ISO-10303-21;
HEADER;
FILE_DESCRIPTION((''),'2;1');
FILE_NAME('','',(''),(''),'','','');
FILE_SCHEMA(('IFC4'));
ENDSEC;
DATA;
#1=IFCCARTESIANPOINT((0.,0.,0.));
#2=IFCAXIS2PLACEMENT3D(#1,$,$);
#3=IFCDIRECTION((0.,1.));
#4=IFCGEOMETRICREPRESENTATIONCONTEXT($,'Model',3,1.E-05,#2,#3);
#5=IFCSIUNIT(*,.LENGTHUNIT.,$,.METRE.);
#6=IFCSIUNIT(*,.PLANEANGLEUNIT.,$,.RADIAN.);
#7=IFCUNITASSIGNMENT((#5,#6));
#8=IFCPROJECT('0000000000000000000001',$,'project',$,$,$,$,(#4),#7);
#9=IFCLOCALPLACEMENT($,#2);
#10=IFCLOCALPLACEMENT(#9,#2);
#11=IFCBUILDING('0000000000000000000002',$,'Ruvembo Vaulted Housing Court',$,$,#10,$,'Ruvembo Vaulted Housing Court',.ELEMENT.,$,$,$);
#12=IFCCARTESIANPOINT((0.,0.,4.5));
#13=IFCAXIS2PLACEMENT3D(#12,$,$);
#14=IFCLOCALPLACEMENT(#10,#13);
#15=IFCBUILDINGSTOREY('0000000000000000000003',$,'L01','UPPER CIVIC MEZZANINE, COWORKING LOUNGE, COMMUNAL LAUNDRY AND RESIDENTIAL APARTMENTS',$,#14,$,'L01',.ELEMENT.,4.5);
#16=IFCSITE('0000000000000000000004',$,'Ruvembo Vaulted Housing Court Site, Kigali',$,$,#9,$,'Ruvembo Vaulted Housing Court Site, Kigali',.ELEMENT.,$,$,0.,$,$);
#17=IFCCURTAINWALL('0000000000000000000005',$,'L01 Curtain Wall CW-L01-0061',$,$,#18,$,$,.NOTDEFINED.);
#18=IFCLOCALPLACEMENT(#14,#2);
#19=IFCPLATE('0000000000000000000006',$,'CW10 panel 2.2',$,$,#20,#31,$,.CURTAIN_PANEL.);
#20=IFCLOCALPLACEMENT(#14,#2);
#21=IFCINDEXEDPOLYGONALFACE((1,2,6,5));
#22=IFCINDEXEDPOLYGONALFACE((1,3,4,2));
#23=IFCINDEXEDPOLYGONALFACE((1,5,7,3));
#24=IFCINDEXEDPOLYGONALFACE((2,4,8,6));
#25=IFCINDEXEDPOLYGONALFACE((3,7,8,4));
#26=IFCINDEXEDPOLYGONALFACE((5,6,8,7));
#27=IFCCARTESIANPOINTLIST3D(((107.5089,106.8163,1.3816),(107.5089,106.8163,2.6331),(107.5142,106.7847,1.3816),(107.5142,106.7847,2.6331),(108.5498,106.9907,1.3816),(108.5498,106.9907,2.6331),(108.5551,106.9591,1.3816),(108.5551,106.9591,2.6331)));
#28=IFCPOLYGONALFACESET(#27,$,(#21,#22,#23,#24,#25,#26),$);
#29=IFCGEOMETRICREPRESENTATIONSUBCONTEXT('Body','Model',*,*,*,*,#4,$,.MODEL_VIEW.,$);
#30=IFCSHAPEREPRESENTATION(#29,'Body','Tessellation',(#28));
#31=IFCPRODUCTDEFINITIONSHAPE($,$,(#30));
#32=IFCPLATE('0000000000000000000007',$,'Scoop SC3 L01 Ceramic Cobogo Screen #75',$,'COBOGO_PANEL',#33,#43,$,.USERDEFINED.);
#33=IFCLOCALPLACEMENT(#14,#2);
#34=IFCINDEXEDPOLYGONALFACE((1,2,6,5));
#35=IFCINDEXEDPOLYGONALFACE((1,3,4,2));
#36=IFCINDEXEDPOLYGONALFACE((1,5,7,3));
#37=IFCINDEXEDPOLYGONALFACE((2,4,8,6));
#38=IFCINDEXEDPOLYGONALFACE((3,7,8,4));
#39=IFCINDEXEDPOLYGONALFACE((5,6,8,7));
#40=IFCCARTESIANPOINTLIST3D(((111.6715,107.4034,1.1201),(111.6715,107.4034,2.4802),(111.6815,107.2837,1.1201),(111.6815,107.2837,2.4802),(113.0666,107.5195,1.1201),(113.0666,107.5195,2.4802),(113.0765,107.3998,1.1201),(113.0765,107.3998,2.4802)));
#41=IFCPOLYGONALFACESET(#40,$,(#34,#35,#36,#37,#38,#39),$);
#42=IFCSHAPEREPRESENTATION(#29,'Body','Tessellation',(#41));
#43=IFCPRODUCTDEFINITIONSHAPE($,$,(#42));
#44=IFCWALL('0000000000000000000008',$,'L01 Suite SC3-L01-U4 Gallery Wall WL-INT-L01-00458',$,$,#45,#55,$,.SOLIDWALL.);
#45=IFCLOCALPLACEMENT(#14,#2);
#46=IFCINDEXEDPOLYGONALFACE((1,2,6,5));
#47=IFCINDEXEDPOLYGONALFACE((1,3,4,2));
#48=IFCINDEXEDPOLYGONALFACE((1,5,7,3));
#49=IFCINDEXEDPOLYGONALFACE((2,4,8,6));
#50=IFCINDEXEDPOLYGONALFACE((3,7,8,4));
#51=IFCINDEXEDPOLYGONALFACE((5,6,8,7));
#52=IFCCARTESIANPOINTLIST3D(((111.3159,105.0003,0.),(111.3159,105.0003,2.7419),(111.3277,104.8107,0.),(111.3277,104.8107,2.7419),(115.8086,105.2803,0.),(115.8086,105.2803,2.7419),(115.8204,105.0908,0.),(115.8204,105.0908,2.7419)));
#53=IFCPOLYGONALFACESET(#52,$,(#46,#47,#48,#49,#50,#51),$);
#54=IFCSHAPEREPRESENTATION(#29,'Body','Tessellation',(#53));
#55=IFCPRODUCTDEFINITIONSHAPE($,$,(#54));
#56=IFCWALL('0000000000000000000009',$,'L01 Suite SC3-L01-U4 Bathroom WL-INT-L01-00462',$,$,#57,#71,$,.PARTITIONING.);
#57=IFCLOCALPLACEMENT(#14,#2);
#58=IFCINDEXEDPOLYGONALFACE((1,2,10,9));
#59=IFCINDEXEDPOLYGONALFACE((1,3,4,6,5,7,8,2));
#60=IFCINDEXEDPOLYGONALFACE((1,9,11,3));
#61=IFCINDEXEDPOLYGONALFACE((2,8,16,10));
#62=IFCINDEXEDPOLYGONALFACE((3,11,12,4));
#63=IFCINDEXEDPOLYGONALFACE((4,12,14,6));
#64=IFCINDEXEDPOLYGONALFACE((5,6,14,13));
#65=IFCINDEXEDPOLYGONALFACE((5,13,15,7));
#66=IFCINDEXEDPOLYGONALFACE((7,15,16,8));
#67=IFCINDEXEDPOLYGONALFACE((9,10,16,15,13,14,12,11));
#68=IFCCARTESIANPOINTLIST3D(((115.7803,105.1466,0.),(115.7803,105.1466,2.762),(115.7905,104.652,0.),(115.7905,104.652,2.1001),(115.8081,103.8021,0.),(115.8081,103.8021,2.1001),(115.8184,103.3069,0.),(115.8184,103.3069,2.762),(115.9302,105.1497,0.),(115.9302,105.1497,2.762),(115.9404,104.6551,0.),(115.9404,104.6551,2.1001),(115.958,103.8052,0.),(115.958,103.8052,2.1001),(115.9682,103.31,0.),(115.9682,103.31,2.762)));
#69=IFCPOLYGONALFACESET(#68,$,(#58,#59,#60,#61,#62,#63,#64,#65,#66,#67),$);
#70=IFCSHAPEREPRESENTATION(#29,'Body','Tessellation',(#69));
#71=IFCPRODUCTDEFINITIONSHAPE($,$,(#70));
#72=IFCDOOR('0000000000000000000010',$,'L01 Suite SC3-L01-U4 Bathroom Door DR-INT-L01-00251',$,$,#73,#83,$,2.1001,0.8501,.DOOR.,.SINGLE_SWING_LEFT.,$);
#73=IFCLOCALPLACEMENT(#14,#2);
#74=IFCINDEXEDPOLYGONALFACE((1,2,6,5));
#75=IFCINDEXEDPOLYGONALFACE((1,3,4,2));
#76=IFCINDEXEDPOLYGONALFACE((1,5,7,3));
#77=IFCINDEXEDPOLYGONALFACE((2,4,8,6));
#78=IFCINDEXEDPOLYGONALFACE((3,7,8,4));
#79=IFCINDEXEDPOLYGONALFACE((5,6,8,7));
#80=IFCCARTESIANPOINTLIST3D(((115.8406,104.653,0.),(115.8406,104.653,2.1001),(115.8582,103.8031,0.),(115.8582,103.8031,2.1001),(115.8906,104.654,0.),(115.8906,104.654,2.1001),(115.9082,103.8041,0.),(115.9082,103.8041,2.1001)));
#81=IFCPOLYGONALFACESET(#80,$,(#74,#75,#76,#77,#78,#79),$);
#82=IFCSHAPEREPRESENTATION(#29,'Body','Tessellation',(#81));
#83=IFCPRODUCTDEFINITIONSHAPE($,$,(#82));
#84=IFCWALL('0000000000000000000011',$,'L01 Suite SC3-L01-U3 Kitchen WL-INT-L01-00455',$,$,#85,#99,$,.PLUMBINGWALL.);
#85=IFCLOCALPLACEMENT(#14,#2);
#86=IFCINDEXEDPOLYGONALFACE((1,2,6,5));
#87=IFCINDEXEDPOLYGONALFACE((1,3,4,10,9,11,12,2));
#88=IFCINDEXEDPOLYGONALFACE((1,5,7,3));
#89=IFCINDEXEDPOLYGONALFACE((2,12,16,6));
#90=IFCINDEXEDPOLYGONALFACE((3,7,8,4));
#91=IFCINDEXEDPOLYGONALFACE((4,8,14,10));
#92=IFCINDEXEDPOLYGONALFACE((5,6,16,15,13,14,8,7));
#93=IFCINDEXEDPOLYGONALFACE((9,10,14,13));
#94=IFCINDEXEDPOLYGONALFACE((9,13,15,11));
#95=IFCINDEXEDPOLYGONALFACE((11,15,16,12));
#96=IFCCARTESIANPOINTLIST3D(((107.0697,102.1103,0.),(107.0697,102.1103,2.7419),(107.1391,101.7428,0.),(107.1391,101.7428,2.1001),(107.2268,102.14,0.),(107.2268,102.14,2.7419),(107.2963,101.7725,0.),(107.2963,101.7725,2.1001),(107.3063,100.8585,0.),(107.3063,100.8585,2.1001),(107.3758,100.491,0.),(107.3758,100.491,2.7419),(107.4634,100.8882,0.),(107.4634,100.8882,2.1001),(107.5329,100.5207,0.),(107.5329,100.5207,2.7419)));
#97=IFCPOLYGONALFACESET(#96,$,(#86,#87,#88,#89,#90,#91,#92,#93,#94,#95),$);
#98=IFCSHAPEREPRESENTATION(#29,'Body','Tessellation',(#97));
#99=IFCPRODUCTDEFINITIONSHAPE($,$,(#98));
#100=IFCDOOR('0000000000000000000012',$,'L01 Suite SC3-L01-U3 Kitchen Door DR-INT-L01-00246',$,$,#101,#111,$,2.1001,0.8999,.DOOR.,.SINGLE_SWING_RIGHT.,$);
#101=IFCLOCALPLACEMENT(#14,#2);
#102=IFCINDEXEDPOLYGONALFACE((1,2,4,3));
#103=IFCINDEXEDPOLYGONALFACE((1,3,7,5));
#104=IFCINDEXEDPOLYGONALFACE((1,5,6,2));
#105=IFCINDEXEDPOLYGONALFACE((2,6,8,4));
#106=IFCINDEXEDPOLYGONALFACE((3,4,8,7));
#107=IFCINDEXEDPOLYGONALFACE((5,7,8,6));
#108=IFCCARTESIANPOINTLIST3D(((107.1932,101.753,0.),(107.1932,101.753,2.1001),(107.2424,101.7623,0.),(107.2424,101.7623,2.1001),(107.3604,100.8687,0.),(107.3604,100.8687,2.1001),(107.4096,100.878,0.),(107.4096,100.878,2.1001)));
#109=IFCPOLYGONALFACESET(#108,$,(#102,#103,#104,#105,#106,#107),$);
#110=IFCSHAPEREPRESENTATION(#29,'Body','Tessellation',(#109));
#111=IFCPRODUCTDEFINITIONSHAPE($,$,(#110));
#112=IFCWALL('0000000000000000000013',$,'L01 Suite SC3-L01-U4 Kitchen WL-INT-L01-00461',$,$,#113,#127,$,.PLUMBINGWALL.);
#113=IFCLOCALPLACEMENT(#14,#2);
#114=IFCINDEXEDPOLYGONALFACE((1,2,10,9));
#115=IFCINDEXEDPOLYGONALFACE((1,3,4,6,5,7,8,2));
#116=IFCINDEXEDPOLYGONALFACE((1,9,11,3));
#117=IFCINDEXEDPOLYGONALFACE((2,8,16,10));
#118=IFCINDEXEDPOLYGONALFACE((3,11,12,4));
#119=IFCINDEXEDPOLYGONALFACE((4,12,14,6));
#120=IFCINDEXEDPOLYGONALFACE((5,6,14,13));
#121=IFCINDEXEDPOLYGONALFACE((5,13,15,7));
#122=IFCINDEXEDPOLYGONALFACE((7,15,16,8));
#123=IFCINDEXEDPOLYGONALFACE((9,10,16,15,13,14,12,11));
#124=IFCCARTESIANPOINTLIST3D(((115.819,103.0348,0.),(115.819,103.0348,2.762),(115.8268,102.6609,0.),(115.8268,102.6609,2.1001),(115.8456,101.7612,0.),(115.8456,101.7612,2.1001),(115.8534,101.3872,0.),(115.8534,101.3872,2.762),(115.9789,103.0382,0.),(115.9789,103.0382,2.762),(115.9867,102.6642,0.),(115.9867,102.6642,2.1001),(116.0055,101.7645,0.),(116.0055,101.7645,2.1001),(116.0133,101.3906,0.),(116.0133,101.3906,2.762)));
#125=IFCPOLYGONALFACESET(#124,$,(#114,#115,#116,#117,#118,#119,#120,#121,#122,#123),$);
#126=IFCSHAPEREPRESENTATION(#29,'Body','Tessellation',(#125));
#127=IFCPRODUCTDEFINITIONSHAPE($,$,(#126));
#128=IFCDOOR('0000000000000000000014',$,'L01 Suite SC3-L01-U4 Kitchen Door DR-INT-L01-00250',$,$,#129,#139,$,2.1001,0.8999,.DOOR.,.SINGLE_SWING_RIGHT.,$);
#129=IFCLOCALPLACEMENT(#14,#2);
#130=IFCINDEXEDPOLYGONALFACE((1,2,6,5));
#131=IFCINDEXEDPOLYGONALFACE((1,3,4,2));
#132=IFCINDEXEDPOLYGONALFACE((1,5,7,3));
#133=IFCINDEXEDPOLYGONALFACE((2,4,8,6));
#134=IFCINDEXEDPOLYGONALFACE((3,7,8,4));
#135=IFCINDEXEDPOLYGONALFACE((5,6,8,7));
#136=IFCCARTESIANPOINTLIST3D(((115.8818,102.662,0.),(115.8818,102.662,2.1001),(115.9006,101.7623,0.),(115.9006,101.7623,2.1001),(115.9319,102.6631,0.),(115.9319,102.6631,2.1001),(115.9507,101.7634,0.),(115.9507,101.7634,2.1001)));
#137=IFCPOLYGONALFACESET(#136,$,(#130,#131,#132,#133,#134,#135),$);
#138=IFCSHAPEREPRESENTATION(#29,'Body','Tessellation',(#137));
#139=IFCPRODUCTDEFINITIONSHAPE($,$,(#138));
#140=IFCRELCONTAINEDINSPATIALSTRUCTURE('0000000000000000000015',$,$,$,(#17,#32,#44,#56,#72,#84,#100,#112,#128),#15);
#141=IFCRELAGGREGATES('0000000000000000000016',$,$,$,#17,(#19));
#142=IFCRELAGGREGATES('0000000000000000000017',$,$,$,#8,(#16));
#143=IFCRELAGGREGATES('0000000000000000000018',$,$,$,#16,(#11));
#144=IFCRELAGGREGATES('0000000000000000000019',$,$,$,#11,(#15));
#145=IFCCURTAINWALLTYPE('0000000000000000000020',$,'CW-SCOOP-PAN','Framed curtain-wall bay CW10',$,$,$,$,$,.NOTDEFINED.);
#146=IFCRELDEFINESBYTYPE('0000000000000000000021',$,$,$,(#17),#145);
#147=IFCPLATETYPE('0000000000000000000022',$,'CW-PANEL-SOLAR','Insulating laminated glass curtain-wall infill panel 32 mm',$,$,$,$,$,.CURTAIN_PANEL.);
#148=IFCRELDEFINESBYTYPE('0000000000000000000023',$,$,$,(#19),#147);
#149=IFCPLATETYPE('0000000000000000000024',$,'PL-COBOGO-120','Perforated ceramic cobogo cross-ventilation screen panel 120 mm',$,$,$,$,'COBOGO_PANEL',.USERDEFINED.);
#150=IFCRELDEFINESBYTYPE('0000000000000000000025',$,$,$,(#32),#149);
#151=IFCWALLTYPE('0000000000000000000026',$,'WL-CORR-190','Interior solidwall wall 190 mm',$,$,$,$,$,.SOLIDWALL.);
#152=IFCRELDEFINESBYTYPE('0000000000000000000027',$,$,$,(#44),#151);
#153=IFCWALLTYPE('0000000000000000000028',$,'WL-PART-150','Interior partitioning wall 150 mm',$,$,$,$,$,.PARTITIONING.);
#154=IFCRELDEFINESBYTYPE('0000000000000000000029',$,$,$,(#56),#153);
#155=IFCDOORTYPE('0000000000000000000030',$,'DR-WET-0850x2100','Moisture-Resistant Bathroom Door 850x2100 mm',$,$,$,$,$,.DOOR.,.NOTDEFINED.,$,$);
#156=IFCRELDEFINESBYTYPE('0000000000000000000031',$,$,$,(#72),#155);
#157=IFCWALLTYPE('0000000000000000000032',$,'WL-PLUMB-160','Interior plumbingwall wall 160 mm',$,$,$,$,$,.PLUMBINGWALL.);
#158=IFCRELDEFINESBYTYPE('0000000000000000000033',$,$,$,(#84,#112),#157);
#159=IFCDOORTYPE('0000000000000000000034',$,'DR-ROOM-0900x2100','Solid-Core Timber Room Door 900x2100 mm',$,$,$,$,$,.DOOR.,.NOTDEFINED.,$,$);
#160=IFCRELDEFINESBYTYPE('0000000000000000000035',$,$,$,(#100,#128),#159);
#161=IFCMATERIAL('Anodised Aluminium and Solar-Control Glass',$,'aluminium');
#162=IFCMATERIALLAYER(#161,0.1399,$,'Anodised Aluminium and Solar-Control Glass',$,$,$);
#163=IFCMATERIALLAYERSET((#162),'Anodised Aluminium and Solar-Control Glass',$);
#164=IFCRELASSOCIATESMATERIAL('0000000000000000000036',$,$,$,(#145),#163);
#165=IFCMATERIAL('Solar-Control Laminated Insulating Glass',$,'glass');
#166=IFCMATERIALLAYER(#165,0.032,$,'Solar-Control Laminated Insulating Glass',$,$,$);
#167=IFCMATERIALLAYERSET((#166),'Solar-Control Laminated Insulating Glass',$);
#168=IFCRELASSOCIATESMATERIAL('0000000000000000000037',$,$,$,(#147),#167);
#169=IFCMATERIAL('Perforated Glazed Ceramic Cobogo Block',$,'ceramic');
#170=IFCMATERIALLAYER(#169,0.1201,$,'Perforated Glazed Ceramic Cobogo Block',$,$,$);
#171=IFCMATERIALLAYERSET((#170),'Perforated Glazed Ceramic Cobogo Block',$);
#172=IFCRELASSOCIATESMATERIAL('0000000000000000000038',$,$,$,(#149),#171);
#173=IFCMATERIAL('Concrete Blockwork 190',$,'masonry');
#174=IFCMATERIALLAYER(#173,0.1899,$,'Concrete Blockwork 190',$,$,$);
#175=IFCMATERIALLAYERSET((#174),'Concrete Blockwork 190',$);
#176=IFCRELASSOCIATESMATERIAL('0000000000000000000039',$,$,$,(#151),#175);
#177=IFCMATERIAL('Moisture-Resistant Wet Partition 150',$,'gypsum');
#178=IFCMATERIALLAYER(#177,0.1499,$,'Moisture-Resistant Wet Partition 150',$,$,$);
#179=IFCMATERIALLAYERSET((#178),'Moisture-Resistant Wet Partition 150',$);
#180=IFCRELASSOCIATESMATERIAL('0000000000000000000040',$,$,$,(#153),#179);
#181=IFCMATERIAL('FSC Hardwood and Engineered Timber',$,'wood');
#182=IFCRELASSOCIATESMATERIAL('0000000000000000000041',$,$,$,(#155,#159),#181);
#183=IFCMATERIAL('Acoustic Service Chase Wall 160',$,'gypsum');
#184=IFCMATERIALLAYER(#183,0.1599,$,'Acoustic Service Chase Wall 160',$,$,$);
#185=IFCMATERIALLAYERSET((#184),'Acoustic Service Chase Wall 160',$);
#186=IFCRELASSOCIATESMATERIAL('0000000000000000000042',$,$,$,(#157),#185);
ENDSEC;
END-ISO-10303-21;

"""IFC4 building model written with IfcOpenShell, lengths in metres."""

from ifc_helpers import new_model, si_unit, direction, frame, frame_2d, origin, origin_2d, place, context, subcontext, project, spatial, rectangle, extrude, material, layer, layer_set, type_object, element, fill, aggregate, save


model = new_model("IFC4")

# Units and contexts
model_context = context("Model", 3, precision=1e-05, world=origin(), true_north=direction((0.0, 1.0)))
body_context = subcontext(model_context, "Body", "Model", "MODEL_VIEW")
ifc_project = project(units=[si_unit("LENGTHUNIT", "METRE"), si_unit("PLANEANGLEUNIT", "RADIAN")], contexts=[model_context])

# Site, building, storey
site_placement = place(None, origin())
site = spatial("IfcSite", under=ifc_project, at=site_placement, Name="Ruvembo Vaulted Housing Court Site, Kigali", LongName="Ruvembo Vaulted Housing Court Site, Kigali", CompositionType="ELEMENT", RefElevation=0.0)
building_placement = place(site_placement, origin())
building = spatial("IfcBuilding", under=site, at=building_placement, Name="Ruvembo Vaulted Housing Court", LongName="Ruvembo Vaulted Housing Court", CompositionType="ELEMENT")
storey_placement = place(building_placement, frame((0.0, 0.0, 4.5)))
storey = spatial("IfcBuildingStorey", under=building, at=storey_placement, Name="L01", Description="UPPER CIVIC MEZZANINE, COWORKING LOUNGE, COMMUNAL LAUNDRY AND RESIDENTIAL APARTMENTS", LongName="L01", CompositionType="ELEMENT", Elevation=4.5)

# Curtain wall, plate
ifc_material_1 = material(Name="Anodised Aluminium and Solar-Control Glass", Category="aluminium")
ifc_layer_1 = layer(ifc_material_1, 0.1399, Name="Anodised Aluminium and Solar-Control Glass")
ifc_layer_set_1 = layer_set([ifc_layer_1], Name="Anodised Aluminium and Solar-Control Glass")
curtain_wall_type = type_object("IfcCurtainWallType", Name="CW-SCOOP-PAN", Description="Framed curtain-wall bay CW10", PredefinedType="NOTDEFINED", material=ifc_layer_set_1)
curtain_wall_placement = place(storey_placement, origin())
curtain_wall = element("IfcCurtainWall", 1, at=curtain_wall_placement, inside=storey, type_object=curtain_wall_type, Name="L01 Curtain Wall CW-L01-0061", PredefinedType="NOTDEFINED")
ifc_material_2 = material(Name="Solar-Control Laminated Insulating Glass", Category="glass")
ifc_layer_2 = layer(ifc_material_2, 0.032, Name="Solar-Control Laminated Insulating Glass")
ifc_layer_set_2 = layer_set([ifc_layer_2], Name="Solar-Control Laminated Insulating Glass")
plate_type_1 = type_object("IfcPlateType", Name="CW-PANEL-SOLAR", Description="Insulating laminated glass curtain-wall infill panel 32 mm", PredefinedType="CURTAIN_PANEL", material=ifc_layer_set_2)
plate_1_placement = place(storey_placement, frame((108.032, 106.8877, 1.3816), z_axis=(0.0, 0.0, 1.0), x_axis=(0.98625, 0.165263, 0.0)))
plate_1 = element("IfcPlate", 2, at=plate_1_placement, type_object=plate_type_1, Name="CW10 panel 2.2", PredefinedType="CURTAIN_PANEL", context=body_context, shape_type="SweptSolid", body=[
    extrude(rectangle(XDim=1.0554, YDim=0.032, at=origin_2d()), origin(), (0.0, 0.0, 1.0), 1.2515),
])
aggregate(curtain_wall, [plate_1])

# Plate
ifc_material_3 = material(Name="Perforated Glazed Ceramic Cobogo Block", Category="ceramic")
ifc_layer_3 = layer(ifc_material_3, 0.1201, Name="Perforated Glazed Ceramic Cobogo Block")
ifc_layer_set_3 = layer_set([ifc_layer_3], Name="Perforated Glazed Ceramic Cobogo Block")
plate_type_2 = type_object("IfcPlateType", Name="PL-COBOGO-120", Description="Perforated ceramic cobogo cross-ventilation screen panel 120 mm", ElementType="COBOGO_PANEL", PredefinedType="USERDEFINED", material=ifc_layer_set_3)
plate_2_placement = place(storey_placement, frame((112.374, 107.4016, 1.1201), z_axis=(0.0, 0.0, 1.0), x_axis=(0.996554, 0.082947, 0.0)))
element("IfcPlate", 3, at=plate_2_placement, inside=storey, type_object=plate_type_2, Name="Scoop SC3 L01 Ceramic Cobogo Screen #75", ObjectType="COBOGO_PANEL", PredefinedType="USERDEFINED", context=body_context, shape_type="SweptSolid", body=[
    extrude(rectangle(XDim=1.3999, YDim=0.1201, at=origin_2d()), origin(), (0.0, 0.0, 1.0), 1.3601),
])

# Wall
ifc_material_4 = material(Name="Concrete Blockwork 190", Category="masonry")
ifc_layer_4 = layer(ifc_material_4, 0.1899, Name="Concrete Blockwork 190")
ifc_layer_set_4 = layer_set([ifc_layer_4], Name="Concrete Blockwork 190")
wall_type_1 = type_object("IfcWallType", Name="WL-CORR-190", Description="Interior solidwall wall 190 mm", PredefinedType="SOLIDWALL", material=ifc_layer_set_4)
wall_1_placement = place(storey_placement, frame((111.3218, 104.9055, 0.0), z_axis=(0.0, 0.0, 1.0), x_axis=(0.998063, 0.062209, 0.0)))
element("IfcWall", 4, at=wall_1_placement, inside=storey, type_object=wall_type_1, Name="L01 Suite SC3-L01-U4 Gallery Wall WL-INT-L01-00458", PredefinedType="SOLIDWALL", context=body_context, shape_type="SweptSolid", body=[
    extrude(rectangle(XDim=4.5015, YDim=0.1899, at=frame_2d((2.2507, 0.0))), origin(), (0.0, 0.0, 1.0), 2.7419),
])

# Walls, openings, doors
ifc_material_5 = material(Name="FSC Hardwood and Engineered Timber", Category="wood")
ifc_material_6 = material(Name="Moisture-Resistant Wet Partition 150", Category="gypsum")
ifc_layer_5 = layer(ifc_material_6, 0.1499, Name="Moisture-Resistant Wet Partition 150")
ifc_layer_set_5 = layer_set([ifc_layer_5], Name="Moisture-Resistant Wet Partition 150")
wall_type_2 = type_object("IfcWallType", Name="WL-PART-150", Description="Interior partitioning wall 150 mm", PredefinedType="PARTITIONING", material=ifc_layer_set_5)
wall_2_placement = place(storey_placement, frame((115.8933, 103.3086, 0.0), z_axis=(0.0, 0.0, 1.0), x_axis=(-0.020699, 0.999786, 0.0)))
wall_2 = element("IfcWall", 5, at=wall_2_placement, inside=storey, type_object=wall_type_2, Name="L01 Suite SC3-L01-U4 Bathroom WL-INT-L01-00462", PredefinedType="PARTITIONING", context=body_context, shape_type="SweptSolid", body=[
    extrude(rectangle(XDim=1.8401, YDim=0.1499, at=frame_2d((0.9199, 0.0))), origin(), (0.0, 0.0, 1.0), 2.762),
])
opening_1_placement = place(wall_2_placement, frame((0.4951, 0.0, 0.0)))
opening_1 = element("IfcOpeningElement", 6, at=opening_1_placement, cuts=wall_2, PredefinedType="OPENING", context=body_context, shape_type="SweptSolid", body=[
    extrude(rectangle(XDim=0.8501, YDim=2.1001, at=frame_2d((0.425, 1.05))), frame((0.0, 0.085, 0.0), z_axis=(0.0, -1.0, 0.0), x_axis=(1.0, 0.0, 0.0)), (0.0, 0.0, 1.0), 0.1699),
])
door_type_1 = type_object("IfcDoorType", Name="DR-WET-0850x2100", Description="Moisture-Resistant Bathroom Door 850x2100 mm", OperationType="NOTDEFINED", PredefinedType="DOOR", material=ifc_material_5)
door_1_placement = place(opening_1_placement, origin())
door_1 = element("IfcDoor", 7, at=door_1_placement, inside=storey, type_object=door_type_1, Name="L01 Suite SC3-L01-U4 Bathroom Door DR-INT-L01-00251", OperationType="SINGLE_SWING_LEFT", OverallHeight=2.1001, OverallWidth=0.8501, PredefinedType="DOOR", context=body_context, shape_type="SweptSolid", body=[
    extrude(rectangle(XDim=0.8501, YDim=2.1001, at=frame_2d((0.425, 1.05))), frame((0.0, 0.0249, 0.0), z_axis=(0.0, -1.0, 0.0), x_axis=(1.0, 0.0, 0.0)), (0.0, 0.0, 1.0), 0.05),
])
fill(opening_1, door_1)
ifc_material_7 = material(Name="Acoustic Service Chase Wall 160", Category="gypsum")
ifc_layer_6 = layer(ifc_material_7, 0.1599, Name="Acoustic Service Chase Wall 160")
ifc_layer_set_6 = layer_set([ifc_layer_6], Name="Acoustic Service Chase Wall 160")
wall_type_3 = type_object("IfcWallType", Name="WL-PLUMB-160", Description="Interior plumbingwall wall 160 mm", PredefinedType="PLUMBINGWALL", material=ifc_layer_set_6)
wall_3_placement = place(storey_placement, frame((107.4543, 100.5059, 0.0), z_axis=(0.0, 0.0, 1.0), x_axis=(-0.185764, 0.982594, 0.0)))
wall_3 = element("IfcWall", 8, at=wall_3_placement, inside=storey, type_object=wall_type_3, Name="L01 Suite SC3-L01-U3 Kitchen WL-INT-L01-00455", PredefinedType="PLUMBINGWALL", context=body_context, shape_type="SweptSolid", body=[
    extrude(rectangle(XDim=1.6479, YDim=0.1599, at=frame_2d((0.824, 0.0))), origin(), (0.0, 0.0, 1.0), 2.7419),
])
opening_2_placement = place(wall_3_placement, frame((0.374, 0.0, 0.0)))
opening_2 = element("IfcOpeningElement", 9, at=opening_2_placement, cuts=wall_3, PredefinedType="OPENING", context=body_context, shape_type="SweptSolid", body=[
    extrude(rectangle(XDim=0.8999, YDim=2.1001, at=frame_2d((0.45, 1.05))), frame((0.0, 0.0898, 0.0), z_axis=(0.0, -1.0, 0.0), x_axis=(1.0, 0.0, 0.0)), (0.0, 0.0, 1.0), 0.1799),
])
door_type_2 = type_object("IfcDoorType", Name="DR-ROOM-0900x2100", Description="Solid-Core Timber Room Door 900x2100 mm", OperationType="NOTDEFINED", PredefinedType="DOOR", material=ifc_material_5)
door_2_placement = place(opening_2_placement, origin())
door_2 = element("IfcDoor", 10, at=door_2_placement, inside=storey, type_object=door_type_2, Name="L01 Suite SC3-L01-U3 Kitchen Door DR-INT-L01-00246", OperationType="SINGLE_SWING_RIGHT", OverallHeight=2.1001, OverallWidth=0.8999, PredefinedType="DOOR", context=body_context, shape_type="SweptSolid", body=[
    extrude(rectangle(XDim=0.8999, YDim=2.1001, at=frame_2d((0.45, 1.05))), frame((0.0, 0.0249, 0.0), z_axis=(0.0, -1.0, 0.0), x_axis=(1.0, 0.0, 0.0)), (0.0, 0.0, 1.0), 0.05),
])
fill(opening_2, door_2)
wall_4_placement = place(storey_placement, frame((115.9333, 101.3889, 0.0), z_axis=(0.0, 0.0, 1.0), x_axis=(-0.020887, 0.999782, 0.0)))
wall_4 = element("IfcWall", 11, at=wall_4_placement, inside=storey, type_object=wall_type_3, Name="L01 Suite SC3-L01-U4 Kitchen WL-INT-L01-00461", PredefinedType="PLUMBINGWALL", context=body_context, shape_type="SweptSolid", body=[
    extrude(rectangle(XDim=1.6479, YDim=0.1599, at=frame_2d((0.824, 0.0))), origin(), (0.0, 0.0, 1.0), 2.762),
])
opening_3_placement = place(wall_4_placement, frame((0.374, 0.0, 0.0)))
opening_3 = element("IfcOpeningElement", 12, at=opening_3_placement, cuts=wall_4, PredefinedType="OPENING", context=body_context, shape_type="SweptSolid", body=[
    extrude(rectangle(XDim=0.8999, YDim=2.1001, at=frame_2d((0.45, 1.05))), frame((0.0, 0.0898, 0.0), z_axis=(0.0, -1.0, 0.0), x_axis=(1.0, 0.0, 0.0)), (0.0, 0.0, 1.0), 0.1799),
])
door_3_placement = place(opening_3_placement, origin())
door_3 = element("IfcDoor", 13, at=door_3_placement, inside=storey, type_object=door_type_2, Name="L01 Suite SC3-L01-U4 Kitchen Door DR-INT-L01-00250", OperationType="SINGLE_SWING_RIGHT", OverallHeight=2.1001, OverallWidth=0.8999, PredefinedType="DOOR", context=body_context, shape_type="SweptSolid", body=[
    extrude(rectangle(XDim=0.8999, YDim=2.1001, at=frame_2d((0.45, 1.05))), frame((0.0, 0.0249, 0.0), z_axis=(0.0, -1.0, 0.0), x_axis=(1.0, 0.0, 0.0)), (0.0, 0.0, 1.0), 0.05),
])
fill(opening_3, door_3)

save(model, "model.ifc")
